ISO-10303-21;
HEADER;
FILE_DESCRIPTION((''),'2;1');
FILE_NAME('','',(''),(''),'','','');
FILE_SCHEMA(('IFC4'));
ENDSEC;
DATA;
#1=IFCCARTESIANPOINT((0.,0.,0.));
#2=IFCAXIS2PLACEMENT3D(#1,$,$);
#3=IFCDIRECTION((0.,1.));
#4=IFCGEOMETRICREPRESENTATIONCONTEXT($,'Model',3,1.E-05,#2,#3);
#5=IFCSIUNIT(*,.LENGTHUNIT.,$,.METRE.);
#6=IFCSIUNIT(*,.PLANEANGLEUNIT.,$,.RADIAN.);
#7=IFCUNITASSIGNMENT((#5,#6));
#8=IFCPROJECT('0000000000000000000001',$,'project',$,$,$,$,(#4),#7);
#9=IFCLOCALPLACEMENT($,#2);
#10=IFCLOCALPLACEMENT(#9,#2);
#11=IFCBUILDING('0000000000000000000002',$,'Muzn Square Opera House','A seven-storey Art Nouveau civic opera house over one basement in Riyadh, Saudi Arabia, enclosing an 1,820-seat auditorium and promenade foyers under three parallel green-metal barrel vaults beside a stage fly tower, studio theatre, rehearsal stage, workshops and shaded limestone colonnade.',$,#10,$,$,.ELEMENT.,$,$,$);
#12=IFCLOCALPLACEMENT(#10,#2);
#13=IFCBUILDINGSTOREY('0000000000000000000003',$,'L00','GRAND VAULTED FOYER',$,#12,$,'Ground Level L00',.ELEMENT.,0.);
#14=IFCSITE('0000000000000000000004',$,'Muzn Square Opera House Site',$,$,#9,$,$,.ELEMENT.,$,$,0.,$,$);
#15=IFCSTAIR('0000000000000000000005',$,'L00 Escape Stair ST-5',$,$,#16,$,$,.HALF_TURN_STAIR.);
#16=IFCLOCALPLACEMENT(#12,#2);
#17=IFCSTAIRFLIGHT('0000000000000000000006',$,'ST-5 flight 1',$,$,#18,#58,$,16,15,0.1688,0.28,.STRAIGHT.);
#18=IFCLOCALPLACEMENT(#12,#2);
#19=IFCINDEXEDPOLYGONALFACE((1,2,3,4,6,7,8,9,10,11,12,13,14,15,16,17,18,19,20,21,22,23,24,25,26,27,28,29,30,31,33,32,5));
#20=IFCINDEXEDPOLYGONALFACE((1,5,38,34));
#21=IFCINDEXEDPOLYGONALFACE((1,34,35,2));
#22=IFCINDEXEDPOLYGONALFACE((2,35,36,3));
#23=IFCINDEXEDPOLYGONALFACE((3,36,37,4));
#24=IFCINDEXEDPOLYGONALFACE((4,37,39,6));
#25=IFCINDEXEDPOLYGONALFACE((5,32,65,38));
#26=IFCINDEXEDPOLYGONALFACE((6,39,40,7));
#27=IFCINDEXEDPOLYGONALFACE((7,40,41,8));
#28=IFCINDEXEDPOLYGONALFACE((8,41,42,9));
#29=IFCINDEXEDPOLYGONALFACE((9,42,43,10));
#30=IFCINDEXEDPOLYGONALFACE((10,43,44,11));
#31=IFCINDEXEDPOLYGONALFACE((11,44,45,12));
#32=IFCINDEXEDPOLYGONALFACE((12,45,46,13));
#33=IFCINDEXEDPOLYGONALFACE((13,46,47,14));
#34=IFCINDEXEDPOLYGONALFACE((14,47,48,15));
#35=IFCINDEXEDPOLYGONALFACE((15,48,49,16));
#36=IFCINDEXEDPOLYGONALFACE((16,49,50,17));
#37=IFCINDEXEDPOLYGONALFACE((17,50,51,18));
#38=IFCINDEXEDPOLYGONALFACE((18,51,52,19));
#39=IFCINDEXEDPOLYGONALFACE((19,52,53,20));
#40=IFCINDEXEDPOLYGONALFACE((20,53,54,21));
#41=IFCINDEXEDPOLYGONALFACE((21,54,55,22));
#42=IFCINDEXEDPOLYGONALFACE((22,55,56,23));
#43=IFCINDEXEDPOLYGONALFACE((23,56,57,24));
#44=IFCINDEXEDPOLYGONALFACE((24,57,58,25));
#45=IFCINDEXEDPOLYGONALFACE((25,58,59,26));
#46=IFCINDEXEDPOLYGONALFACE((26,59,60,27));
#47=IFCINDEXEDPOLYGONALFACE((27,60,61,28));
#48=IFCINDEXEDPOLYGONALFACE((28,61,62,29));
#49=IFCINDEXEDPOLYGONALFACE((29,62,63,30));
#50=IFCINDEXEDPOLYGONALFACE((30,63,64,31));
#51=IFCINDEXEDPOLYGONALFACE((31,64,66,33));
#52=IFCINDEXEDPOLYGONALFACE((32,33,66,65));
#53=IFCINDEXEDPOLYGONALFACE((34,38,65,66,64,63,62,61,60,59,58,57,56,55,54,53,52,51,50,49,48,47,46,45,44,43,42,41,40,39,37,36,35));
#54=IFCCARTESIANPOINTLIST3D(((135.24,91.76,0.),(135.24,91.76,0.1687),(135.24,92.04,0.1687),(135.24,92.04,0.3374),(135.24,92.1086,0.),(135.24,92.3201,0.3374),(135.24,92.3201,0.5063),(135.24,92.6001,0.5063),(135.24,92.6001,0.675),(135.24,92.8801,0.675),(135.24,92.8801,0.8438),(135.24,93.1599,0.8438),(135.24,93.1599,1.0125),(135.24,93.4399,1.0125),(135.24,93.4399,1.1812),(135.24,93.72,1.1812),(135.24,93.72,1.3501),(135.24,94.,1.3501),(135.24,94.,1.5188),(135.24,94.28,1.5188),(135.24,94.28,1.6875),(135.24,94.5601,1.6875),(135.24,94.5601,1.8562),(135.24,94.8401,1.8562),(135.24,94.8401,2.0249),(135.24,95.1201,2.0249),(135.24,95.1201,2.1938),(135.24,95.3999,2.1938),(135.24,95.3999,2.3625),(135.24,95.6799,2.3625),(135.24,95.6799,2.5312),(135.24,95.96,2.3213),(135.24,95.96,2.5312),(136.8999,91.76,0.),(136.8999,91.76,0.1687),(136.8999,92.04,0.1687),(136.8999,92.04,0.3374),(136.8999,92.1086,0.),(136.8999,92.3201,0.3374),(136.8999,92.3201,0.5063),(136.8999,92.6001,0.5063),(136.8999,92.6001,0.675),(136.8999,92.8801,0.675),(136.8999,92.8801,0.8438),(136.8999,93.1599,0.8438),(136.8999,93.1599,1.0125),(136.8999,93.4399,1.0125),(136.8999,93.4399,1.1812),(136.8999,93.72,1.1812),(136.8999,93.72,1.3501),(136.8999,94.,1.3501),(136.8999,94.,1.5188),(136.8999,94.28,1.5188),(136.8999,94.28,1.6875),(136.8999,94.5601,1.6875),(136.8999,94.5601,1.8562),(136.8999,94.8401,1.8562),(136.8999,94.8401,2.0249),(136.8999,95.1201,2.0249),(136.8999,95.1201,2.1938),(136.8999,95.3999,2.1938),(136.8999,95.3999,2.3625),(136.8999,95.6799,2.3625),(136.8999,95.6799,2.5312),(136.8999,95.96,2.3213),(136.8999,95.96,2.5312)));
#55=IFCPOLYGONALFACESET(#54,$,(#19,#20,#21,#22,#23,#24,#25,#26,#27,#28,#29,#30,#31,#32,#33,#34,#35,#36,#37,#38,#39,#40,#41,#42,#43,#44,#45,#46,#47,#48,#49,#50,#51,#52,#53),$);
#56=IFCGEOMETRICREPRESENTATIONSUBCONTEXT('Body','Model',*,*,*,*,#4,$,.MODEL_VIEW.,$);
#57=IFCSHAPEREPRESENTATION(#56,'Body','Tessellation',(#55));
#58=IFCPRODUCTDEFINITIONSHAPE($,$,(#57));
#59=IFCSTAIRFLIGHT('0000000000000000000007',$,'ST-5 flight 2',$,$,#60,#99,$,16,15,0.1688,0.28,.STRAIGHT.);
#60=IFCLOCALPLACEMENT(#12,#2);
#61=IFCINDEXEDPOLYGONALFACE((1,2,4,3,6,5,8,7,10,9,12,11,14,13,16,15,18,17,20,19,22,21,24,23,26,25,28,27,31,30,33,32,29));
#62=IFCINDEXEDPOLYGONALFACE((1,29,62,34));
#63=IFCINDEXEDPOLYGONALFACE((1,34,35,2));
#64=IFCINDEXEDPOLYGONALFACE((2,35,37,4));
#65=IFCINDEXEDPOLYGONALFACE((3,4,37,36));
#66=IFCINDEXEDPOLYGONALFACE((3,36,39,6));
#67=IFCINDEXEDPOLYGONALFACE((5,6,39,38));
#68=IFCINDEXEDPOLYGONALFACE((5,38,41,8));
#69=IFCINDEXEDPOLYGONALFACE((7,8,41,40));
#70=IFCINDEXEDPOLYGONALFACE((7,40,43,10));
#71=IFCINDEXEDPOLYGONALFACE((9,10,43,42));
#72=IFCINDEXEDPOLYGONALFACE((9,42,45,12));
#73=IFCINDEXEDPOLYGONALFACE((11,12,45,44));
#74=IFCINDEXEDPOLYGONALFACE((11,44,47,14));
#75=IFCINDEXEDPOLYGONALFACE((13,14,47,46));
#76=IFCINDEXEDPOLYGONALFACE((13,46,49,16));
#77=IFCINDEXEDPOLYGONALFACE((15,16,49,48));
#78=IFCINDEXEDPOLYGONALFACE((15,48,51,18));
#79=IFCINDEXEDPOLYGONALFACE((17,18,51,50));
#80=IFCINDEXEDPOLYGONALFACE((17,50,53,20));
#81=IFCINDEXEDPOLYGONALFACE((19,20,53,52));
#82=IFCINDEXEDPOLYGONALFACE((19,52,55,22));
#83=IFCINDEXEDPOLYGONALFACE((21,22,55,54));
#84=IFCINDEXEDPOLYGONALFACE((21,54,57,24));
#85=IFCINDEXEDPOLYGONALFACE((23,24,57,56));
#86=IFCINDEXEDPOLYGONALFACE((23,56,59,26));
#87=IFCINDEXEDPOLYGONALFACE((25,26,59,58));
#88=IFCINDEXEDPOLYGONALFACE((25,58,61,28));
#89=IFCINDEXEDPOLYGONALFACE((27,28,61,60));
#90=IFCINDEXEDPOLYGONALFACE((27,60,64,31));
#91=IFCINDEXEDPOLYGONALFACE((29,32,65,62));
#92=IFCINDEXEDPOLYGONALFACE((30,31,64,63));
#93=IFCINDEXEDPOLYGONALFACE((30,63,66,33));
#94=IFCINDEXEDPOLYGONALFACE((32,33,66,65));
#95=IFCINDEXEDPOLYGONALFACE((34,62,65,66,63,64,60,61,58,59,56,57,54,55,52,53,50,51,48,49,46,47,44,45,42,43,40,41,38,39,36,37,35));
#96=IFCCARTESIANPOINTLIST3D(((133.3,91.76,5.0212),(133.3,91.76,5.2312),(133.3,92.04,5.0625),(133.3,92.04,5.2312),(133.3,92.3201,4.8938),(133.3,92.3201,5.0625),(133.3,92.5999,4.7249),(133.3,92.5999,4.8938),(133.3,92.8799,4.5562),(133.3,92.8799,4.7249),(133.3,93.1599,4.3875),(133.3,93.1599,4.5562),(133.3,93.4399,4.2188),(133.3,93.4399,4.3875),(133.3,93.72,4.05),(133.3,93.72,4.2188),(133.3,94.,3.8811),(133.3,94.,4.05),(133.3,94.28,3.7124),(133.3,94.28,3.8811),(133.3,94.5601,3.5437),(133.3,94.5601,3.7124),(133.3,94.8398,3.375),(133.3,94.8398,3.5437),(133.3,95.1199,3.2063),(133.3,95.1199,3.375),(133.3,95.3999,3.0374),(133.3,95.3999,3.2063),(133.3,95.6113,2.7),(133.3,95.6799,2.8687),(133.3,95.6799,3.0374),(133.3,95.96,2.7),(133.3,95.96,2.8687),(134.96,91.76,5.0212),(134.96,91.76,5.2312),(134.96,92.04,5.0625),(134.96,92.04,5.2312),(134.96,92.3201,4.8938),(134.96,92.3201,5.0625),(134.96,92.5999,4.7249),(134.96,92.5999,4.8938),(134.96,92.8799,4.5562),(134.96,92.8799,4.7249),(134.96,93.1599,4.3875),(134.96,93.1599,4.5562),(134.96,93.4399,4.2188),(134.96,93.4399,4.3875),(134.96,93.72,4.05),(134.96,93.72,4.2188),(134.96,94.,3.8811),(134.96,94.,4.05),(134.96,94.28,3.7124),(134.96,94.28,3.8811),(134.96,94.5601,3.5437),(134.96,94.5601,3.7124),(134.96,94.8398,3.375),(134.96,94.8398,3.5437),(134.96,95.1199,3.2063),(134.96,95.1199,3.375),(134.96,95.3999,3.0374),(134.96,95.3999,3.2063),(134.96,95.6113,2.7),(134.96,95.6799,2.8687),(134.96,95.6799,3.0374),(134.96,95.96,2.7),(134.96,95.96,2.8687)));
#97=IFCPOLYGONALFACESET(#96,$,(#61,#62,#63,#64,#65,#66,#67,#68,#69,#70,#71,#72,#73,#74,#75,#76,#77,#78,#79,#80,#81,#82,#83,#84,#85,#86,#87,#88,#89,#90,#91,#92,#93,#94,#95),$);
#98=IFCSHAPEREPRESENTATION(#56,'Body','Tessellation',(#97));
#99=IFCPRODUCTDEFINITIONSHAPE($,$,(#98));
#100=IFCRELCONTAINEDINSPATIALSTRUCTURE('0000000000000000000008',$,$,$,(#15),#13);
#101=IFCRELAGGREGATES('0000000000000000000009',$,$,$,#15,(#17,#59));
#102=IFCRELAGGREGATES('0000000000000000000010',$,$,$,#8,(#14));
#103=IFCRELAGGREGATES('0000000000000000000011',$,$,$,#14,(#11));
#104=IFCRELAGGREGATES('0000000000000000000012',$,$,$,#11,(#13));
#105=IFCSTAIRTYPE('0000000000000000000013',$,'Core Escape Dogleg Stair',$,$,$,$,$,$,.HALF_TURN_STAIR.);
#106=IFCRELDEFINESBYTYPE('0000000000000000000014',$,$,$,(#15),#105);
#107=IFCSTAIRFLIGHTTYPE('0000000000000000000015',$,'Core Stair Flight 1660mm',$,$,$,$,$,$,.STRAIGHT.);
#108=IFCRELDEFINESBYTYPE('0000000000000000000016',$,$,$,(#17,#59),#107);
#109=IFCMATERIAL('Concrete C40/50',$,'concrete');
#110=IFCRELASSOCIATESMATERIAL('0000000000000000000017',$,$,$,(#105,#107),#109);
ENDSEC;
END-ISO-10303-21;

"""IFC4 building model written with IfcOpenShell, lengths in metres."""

from ifc_helpers import new_model, si_unit, direction, frame, origin, place, context, subcontext, project, spatial, polyline, outline, extrude, material, type_object, element, aggregate, save


model = new_model("IFC4")

# Units and contexts
model_context = context("Model", 3, precision=1e-05, world=origin(), true_north=direction((0.0, 1.0)))
body_context = subcontext(model_context, "Body", "Model", "MODEL_VIEW")
ifc_project = project(units=[si_unit("LENGTHUNIT", "METRE"), si_unit("PLANEANGLEUNIT", "RADIAN")], contexts=[model_context])

# Site, building, storey
site_placement = place(None, origin())
site = spatial("IfcSite", under=ifc_project, at=site_placement, Name="Muzn Square Opera House Site", CompositionType="ELEMENT", RefElevation=0.0)
building_placement = place(site_placement, origin())
building = spatial("IfcBuilding", under=site, at=building_placement, Name="Muzn Square Opera House", Description="A seven-storey Art Nouveau civic opera house over one basement in Riyadh, Saudi Arabia, enclosing an 1,820-seat auditorium and promenade foyers under three parallel green-metal barrel vaults beside a stage fly tower, studio theatre, rehearsal stage, workshops and shaded limestone colonnade.", CompositionType="ELEMENT")
storey_placement = place(building_placement, origin())
storey = spatial("IfcBuildingStorey", under=building, at=storey_placement, Name="L00", Description="GRAND VAULTED FOYER", LongName="Ground Level L00", CompositionType="ELEMENT", Elevation=0.0)

# Shared definitions
ifc_material_1 = material(Name="Concrete C40/50", Category="concrete")

# Stair, stair flights
stair_type = type_object("IfcStairType", Name="Core Escape Dogleg Stair", PredefinedType="HALF_TURN_STAIR", material=ifc_material_1)
stair_placement = place(storey_placement, origin())
stair = element("IfcStair", 1, at=stair_placement, inside=storey, type_object=stair_type, Name="L00 Escape Stair ST-5", PredefinedType="HALF_TURN_STAIR")
stair_flight_type = type_object("IfcStairFlightType", Name="Core Stair Flight 1660mm", PredefinedType="STRAIGHT", material=ifc_material_1)
stair_flight_1_placement = place(storey_placement, frame((136.0701, 91.76, 0.0), z_axis=(0.0, 0.0, 1.0), x_axis=(0.0, 1.0, 0.0)))
stair_flight_1 = element("IfcStairFlight", 2, at=stair_flight_1_placement, type_object=stair_flight_type, Name="ST-5 flight 1", NumberOfRisers=16, NumberOfTreads=15, PredefinedType="STRAIGHT", RiserHeight=0.1688, TreadLength=0.28, context=body_context, shape_type="SweptSolid", body=[
    extrude(outline(polyline([(0.0, 0.0), (0.0, 0.1687), (0.28, 0.1687), (0.28, 0.3374), (0.5601, 0.3374), (0.5601, 0.5063), (0.8401, 0.5063), (0.8401, 0.675), (1.1201, 0.675), (1.1201, 0.8438), (1.3999, 0.8438), (1.3999, 1.0125), (1.6799, 1.0125), (1.6799, 1.1812), (1.96, 1.1812), (1.96, 1.3501), (2.24, 1.3501), (2.24, 1.5188), (2.52, 1.5188), (2.52, 1.6875), (2.8, 1.6875), (2.8, 1.8562), (3.0801, 1.8562), (3.0801, 2.0249), (3.3601, 2.0249), (3.3601, 2.1938), (3.6399, 2.1938), (3.6399, 2.3625), (3.9199, 2.3625), (3.9199, 2.5312), (4.2, 2.5312), (4.2, 2.7), (4.2, 2.3213), (0.3486, 0.0), (0.0, 0.0)])), frame((0.0, 0.8301, 0.0), z_axis=(0.0, -1.0, 0.0), x_axis=(1.0, 0.0, 0.0)), (0.0, 0.0, 1.0), 1.6599),
])
stair_flight_2_placement = place(storey_placement, frame((134.1299, 95.96, 2.7), z_axis=(0.0, 0.0, 1.0), x_axis=(0.0, -1.0, 0.0)))
stair_flight_2 = element("IfcStairFlight", 3, at=stair_flight_2_placement, type_object=stair_flight_type, Name="ST-5 flight 2", NumberOfRisers=16, NumberOfTreads=15, PredefinedType="STRAIGHT", RiserHeight=0.1688, TreadLength=0.28, context=body_context, shape_type="SweptSolid", body=[
    extrude(outline(polyline([(0.0, 0.0), (0.0, 0.1687), (0.28, 0.1687), (0.28, 0.3374), (0.5601, 0.3374), (0.5601, 0.5063), (0.8401, 0.5063), (0.8401, 0.675), (1.1201, 0.675), (1.1201, 0.8438), (1.3999, 0.8438), (1.3999, 1.0125), (1.6799, 1.0125), (1.6799, 1.1812), (1.96, 1.1812), (1.96, 1.3501), (2.24, 1.3501), (2.24, 1.5188), (2.52, 1.5188), (2.52, 1.6875), (2.8, 1.6875), (2.8, 1.8562), (3.0801, 1.8562), (3.0801, 2.0249), (3.3601, 2.0249), (3.3601, 2.1938), (3.6399, 2.1938), (3.6399, 2.3625), (3.9199, 2.3625), (3.9199, 2.5312), (4.2, 2.5312), (4.2, 2.7), (4.2, 2.3213), (0.3486, 0.0), (0.0, 0.0)])), frame((0.0, 0.8301, 0.0), z_axis=(0.0, -1.0, 0.0), x_axis=(1.0, 0.0, 0.0)), (0.0, 0.0, 1.0), 1.6599),
])
aggregate(stair, [stair_flight_1, stair_flight_2])

save(model, "model.ifc")
